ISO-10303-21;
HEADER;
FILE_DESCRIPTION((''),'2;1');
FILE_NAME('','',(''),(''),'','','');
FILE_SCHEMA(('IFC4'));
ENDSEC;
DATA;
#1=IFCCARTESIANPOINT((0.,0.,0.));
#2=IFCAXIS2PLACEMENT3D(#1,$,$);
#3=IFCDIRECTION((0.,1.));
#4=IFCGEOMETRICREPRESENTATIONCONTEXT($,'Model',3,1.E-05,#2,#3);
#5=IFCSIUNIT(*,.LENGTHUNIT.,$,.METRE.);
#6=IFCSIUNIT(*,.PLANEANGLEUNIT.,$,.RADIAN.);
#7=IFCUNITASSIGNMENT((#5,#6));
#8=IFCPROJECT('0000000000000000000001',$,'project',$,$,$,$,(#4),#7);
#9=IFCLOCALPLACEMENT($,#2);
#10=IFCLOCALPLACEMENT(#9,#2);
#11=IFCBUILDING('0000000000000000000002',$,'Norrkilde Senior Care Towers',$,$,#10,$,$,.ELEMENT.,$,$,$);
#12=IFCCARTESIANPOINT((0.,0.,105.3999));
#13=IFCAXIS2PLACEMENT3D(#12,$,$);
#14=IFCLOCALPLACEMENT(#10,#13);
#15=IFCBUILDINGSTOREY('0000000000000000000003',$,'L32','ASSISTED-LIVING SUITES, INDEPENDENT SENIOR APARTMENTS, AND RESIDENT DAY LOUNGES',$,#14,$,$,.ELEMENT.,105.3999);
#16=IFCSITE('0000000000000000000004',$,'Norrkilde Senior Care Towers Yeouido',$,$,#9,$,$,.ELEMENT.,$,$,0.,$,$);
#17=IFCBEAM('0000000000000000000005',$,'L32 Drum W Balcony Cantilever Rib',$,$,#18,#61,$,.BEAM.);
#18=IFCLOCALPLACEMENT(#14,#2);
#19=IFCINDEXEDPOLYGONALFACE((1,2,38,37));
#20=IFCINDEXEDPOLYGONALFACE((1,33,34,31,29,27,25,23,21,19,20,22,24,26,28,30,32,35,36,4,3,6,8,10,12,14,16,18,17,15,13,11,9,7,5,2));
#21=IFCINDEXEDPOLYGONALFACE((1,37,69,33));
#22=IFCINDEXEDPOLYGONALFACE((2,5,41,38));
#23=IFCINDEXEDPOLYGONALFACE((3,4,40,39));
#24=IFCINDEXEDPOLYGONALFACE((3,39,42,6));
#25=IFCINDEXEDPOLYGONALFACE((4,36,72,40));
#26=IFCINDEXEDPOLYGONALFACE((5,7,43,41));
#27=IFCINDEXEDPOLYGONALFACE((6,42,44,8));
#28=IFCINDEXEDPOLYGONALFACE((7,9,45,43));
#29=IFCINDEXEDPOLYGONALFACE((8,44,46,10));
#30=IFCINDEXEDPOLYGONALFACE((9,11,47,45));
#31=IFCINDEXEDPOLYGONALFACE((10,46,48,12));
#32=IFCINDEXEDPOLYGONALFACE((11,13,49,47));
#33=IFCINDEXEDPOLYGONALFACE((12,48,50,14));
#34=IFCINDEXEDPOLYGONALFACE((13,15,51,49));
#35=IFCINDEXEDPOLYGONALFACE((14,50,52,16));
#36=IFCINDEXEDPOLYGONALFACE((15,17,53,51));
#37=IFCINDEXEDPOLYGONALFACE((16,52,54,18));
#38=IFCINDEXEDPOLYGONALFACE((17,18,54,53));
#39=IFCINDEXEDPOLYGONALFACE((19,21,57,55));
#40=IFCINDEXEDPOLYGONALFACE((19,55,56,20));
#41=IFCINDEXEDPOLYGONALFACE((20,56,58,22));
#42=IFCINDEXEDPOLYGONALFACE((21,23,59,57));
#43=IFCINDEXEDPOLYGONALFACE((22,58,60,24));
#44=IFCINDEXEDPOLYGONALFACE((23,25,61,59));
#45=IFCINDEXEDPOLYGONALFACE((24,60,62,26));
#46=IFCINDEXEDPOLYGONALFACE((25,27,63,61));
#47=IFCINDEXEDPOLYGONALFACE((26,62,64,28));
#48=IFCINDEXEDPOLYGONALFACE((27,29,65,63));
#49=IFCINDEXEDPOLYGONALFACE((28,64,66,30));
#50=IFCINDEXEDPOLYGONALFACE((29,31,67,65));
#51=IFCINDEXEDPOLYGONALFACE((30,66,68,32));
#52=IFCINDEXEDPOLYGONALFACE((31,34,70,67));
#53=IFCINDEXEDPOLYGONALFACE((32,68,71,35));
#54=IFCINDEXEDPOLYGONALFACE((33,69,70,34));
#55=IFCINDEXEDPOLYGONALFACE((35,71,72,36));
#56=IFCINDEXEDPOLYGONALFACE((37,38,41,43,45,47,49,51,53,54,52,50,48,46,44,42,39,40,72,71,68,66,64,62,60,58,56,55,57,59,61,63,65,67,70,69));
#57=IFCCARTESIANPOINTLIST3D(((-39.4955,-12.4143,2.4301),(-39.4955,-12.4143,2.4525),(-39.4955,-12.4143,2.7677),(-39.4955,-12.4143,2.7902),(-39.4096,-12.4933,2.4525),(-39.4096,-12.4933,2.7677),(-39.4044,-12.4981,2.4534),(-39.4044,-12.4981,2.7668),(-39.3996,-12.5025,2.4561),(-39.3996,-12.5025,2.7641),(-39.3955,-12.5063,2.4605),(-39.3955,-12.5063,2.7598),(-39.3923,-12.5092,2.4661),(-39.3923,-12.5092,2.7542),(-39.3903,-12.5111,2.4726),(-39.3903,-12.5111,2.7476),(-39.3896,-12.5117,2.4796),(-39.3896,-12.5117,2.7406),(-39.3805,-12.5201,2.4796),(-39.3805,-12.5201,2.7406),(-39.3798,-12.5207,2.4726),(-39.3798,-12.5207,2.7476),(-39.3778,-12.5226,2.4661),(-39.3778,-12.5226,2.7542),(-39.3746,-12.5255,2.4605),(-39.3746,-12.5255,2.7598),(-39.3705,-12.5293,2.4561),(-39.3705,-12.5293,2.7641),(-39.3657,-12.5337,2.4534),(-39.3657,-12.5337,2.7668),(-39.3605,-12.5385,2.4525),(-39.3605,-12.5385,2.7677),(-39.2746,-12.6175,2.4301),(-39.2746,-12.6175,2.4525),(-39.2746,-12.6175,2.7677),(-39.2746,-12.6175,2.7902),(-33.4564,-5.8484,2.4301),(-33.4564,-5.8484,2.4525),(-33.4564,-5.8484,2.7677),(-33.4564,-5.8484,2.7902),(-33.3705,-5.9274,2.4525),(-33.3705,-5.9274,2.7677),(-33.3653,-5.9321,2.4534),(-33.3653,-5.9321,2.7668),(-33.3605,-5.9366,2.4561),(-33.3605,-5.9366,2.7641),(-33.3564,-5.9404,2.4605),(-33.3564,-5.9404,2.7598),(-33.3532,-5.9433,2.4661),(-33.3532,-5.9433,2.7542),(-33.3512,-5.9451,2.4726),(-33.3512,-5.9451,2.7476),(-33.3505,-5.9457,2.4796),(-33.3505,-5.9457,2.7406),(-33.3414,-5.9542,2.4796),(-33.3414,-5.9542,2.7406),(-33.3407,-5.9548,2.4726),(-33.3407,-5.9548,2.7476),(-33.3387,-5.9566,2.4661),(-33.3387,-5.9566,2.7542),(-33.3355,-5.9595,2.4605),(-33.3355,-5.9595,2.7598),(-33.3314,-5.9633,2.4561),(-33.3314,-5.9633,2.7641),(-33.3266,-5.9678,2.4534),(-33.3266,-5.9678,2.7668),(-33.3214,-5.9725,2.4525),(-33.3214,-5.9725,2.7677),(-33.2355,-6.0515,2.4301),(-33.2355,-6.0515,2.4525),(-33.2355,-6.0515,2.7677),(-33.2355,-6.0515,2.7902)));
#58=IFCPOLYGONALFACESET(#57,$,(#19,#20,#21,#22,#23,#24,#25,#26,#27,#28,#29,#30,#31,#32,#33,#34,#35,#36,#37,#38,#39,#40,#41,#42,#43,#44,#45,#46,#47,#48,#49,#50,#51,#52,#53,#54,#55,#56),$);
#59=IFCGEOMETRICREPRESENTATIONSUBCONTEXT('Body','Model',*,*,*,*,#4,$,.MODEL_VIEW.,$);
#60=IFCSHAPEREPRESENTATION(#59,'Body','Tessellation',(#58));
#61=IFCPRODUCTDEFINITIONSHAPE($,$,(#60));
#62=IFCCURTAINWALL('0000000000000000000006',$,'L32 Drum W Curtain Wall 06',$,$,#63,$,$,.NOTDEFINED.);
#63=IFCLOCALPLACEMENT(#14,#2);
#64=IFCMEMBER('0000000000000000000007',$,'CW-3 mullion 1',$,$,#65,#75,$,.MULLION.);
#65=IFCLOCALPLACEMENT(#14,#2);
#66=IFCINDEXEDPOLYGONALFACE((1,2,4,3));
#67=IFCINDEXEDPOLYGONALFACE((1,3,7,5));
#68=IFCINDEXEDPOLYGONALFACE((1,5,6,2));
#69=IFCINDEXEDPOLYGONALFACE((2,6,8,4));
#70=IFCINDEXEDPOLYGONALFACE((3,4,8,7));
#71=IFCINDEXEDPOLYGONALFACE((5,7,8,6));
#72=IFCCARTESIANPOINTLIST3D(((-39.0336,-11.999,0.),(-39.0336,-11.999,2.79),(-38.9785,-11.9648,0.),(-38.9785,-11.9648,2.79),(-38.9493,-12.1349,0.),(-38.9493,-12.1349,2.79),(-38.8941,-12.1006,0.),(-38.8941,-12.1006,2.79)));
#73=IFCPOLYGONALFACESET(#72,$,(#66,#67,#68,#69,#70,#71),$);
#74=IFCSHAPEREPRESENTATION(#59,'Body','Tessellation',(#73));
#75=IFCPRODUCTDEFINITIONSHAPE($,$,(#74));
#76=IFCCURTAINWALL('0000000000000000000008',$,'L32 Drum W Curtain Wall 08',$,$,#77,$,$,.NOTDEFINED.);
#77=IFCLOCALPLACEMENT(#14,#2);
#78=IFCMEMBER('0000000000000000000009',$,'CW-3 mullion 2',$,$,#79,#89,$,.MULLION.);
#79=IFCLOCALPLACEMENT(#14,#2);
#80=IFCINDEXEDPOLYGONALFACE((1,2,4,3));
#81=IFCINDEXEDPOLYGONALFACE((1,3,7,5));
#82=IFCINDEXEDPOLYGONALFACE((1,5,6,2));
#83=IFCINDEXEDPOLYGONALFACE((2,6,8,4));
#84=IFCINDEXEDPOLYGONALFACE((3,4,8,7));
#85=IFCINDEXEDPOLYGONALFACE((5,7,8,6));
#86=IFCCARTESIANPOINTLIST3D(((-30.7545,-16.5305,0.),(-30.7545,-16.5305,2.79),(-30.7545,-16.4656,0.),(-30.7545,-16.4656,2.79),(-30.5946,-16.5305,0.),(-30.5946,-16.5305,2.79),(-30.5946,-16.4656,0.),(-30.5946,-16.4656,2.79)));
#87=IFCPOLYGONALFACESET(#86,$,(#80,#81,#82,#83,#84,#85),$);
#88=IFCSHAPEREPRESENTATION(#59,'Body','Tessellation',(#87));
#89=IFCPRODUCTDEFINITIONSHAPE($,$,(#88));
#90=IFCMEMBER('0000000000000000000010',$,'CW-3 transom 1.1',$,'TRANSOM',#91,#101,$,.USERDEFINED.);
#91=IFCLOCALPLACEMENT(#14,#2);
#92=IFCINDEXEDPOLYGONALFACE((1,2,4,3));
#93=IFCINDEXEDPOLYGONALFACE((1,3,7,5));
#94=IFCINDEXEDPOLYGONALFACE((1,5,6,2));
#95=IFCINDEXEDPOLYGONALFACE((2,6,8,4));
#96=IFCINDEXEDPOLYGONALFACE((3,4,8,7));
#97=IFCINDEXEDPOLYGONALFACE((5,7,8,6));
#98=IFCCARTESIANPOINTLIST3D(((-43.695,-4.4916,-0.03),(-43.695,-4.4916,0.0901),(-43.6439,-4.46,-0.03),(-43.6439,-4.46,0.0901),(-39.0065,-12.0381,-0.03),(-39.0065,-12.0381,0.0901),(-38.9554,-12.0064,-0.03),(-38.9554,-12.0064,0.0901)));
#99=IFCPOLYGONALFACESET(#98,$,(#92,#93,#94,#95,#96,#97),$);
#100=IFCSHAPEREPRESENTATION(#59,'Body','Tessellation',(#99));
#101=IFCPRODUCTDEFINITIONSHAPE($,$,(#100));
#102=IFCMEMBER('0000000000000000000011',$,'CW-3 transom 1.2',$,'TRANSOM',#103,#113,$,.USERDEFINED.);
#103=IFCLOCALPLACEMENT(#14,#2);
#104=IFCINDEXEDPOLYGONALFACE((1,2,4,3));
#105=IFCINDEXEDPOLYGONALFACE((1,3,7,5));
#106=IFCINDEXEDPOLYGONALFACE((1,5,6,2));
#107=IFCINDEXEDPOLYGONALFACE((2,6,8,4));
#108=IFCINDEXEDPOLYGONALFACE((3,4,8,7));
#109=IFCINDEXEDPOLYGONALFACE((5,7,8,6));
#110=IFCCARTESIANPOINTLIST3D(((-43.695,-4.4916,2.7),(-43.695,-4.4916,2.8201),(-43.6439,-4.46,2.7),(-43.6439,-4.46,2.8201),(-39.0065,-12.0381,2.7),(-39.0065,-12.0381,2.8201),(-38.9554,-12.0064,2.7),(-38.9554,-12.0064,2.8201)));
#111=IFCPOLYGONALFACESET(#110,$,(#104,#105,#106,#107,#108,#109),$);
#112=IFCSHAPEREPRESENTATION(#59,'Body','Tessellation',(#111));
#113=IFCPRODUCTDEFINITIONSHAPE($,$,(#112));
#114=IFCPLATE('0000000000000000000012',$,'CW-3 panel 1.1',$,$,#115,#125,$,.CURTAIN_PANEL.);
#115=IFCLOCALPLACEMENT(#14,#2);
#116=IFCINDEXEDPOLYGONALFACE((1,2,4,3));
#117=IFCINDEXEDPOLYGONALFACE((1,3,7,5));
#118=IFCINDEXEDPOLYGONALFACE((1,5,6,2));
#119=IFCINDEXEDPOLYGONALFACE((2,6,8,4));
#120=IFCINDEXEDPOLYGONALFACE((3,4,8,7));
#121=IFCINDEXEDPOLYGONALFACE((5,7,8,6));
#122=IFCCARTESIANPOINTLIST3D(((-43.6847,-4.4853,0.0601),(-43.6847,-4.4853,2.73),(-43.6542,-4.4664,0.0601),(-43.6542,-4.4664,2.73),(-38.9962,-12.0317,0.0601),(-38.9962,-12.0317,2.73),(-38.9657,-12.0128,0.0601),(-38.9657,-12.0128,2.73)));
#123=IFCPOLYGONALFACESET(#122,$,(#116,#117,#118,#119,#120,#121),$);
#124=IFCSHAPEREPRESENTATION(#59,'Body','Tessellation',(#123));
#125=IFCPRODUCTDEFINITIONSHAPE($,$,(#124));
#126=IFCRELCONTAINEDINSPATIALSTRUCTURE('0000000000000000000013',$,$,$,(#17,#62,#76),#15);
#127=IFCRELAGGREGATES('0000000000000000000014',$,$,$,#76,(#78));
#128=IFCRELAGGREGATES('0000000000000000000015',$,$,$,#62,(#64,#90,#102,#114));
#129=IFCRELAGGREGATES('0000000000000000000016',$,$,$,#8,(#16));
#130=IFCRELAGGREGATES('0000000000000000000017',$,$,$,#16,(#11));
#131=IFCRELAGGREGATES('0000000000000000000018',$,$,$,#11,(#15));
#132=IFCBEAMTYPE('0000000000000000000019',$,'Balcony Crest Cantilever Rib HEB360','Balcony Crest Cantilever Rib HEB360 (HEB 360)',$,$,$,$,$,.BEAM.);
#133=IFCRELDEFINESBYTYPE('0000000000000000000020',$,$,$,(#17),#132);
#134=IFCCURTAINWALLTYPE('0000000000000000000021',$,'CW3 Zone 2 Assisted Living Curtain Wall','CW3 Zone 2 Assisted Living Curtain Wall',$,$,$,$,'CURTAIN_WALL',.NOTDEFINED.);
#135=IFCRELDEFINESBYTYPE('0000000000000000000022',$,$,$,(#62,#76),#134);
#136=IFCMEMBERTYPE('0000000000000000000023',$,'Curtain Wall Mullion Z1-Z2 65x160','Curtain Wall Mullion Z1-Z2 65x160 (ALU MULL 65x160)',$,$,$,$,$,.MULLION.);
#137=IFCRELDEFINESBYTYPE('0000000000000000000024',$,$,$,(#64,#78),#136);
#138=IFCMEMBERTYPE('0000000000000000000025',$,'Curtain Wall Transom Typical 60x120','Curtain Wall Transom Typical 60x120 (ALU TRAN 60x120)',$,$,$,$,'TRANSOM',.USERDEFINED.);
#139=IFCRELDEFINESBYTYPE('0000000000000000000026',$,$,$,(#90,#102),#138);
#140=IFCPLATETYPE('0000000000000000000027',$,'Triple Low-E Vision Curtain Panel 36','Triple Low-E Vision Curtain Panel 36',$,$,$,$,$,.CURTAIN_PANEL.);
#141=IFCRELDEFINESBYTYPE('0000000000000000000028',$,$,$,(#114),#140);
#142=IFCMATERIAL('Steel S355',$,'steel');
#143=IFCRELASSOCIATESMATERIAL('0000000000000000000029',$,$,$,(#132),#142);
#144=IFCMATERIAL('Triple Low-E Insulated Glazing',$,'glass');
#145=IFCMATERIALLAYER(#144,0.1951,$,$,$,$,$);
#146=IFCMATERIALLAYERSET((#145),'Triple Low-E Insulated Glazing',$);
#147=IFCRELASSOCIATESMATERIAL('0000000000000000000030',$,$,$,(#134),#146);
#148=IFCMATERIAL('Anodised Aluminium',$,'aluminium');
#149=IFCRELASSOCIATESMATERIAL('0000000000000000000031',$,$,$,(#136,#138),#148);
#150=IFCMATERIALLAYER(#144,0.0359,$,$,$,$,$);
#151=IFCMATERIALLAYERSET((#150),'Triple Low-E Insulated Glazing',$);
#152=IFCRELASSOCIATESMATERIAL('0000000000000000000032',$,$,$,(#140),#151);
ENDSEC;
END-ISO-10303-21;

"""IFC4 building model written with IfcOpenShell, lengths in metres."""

from ifc_helpers import new_model, si_unit, direction, frame, origin, origin_2d, place, context, subcontext, project, spatial, rectangle, i_section, extrude, source, transform, mapped, material, layer, layer_set, material_profile, profile_set, type_object, type_shapes, element, aggregate, save


model = new_model("IFC4")

# Units and contexts
model_context = context("Model", 3, precision=1e-05, world=origin(), true_north=direction((0.0, 1.0)))
body_context = subcontext(model_context, "Body", "Model", "MODEL_VIEW")
ifc_project = project(units=[si_unit("LENGTHUNIT", "METRE"), si_unit("PLANEANGLEUNIT", "RADIAN")], contexts=[model_context])

# Site, building, storey
site_placement = place(None, origin())
site = spatial("IfcSite", under=ifc_project, at=site_placement, Name="Norrkilde Senior Care Towers Yeouido", CompositionType="ELEMENT", RefElevation=0.0)
building_placement = place(site_placement, origin())
building = spatial("IfcBuilding", under=site, at=building_placement, Name="Norrkilde Senior Care Towers", CompositionType="ELEMENT")
storey_placement = place(building_placement, frame((0.0, 0.0, 105.3999)))
storey = spatial("IfcBuildingStorey", under=building, at=storey_placement, Name="L32", Description="ASSISTED-LIVING SUITES, INDEPENDENT SENIOR APARTMENTS, AND RESIDENT DAY LOUNGES", CompositionType="ELEMENT", Elevation=105.3999)

# Beam
ifc_material_1 = material(Name="Steel S355", Category="steel")
ifc_material_profile_1 = material_profile(ifc_material_1, i_section(OverallWidth=0.3, OverallDepth=0.3601, WebThickness=0.0125, FlangeThickness=0.0225, FilletRadius=0.0271, at=origin_2d()), Name="HEB 360")
ifc_profile_set_1 = profile_set([ifc_material_profile_1], Name="Steel S355")
beam_type_1 = type_object("IfcBeamType", Name="Balcony Crest Cantilever Rib HEB360", Description="Balcony Crest Cantilever Rib HEB360 (HEB 360)", PredefinedType="BEAM", material=ifc_profile_set_1)
shared_shape_1 = source(origin(), body_context, "Body", "SweptSolid", [
    extrude(i_section(OverallWidth=0.3, OverallDepth=0.3601, WebThickness=0.0125, FlangeThickness=0.0225, FilletRadius=0.0271, at=origin_2d()), origin(), (0.0, 0.0, 1.0), 8.9209),
])
type_shapes(beam_type_1, [shared_shape_1])
beam_1_placement = place(storey_placement, frame((-33.3459, -5.95, 2.6101), z_axis=(-0.67696, -0.736019, 0.0), x_axis=(0.736019, -0.67696, 0.0)))
element("IfcBeam", 1, at=beam_1_placement, inside=storey, type_object=beam_type_1, Name="L32 Drum W Balcony Cantilever Rib", PredefinedType="BEAM", context=body_context, shape_type="MappedRepresentation", body=[
    mapped(shared_shape_1, transform((0.0, 0.0, 0.0), x_axis=(1.0, 0.0, 0.0), y_axis=(0.0, 1.0, 0.0), z_axis=(0.0, 0.0, 1.0), scale=1.0)),
])

# Curtain walls, members
ifc_material_2 = material(Name="Triple Low-E Insulated Glazing", Category="glass")
ifc_layer_1 = layer(ifc_material_2, 0.1951)
ifc_layer_set_1 = layer_set([ifc_layer_1], Name="Triple Low-E Insulated Glazing")
curtain_wall_type = type_object("IfcCurtainWallType", Name="CW3 Zone 2 Assisted Living Curtain Wall", Description="CW3 Zone 2 Assisted Living Curtain Wall", ElementType="CURTAIN_WALL", PredefinedType="NOTDEFINED", material=ifc_layer_set_1)
curtain_wall_1_placement = place(storey_placement, origin())
curtain_wall_1 = element("IfcCurtainWall", 2, at=curtain_wall_1_placement, inside=storey, type_object=curtain_wall_type, Name="L32 Drum W Curtain Wall 06", PredefinedType="NOTDEFINED")
ifc_material_3 = material(Name="Anodised Aluminium", Category="aluminium")
ifc_material_profile_2 = material_profile(ifc_material_3, rectangle(XDim=0.0649, YDim=0.1599, at=origin_2d()), Name="ALU MULL 65x160")
ifc_profile_set_2 = profile_set([ifc_material_profile_2], Name="Anodised Aluminium")
member_type_1 = type_object("IfcMemberType", Name="Curtain Wall Mullion Z1-Z2 65x160", Description="Curtain Wall Mullion Z1-Z2 65x160 (ALU MULL 65x160)", PredefinedType="MULLION", material=ifc_profile_set_2)
shared_shape_2 = source(origin(), body_context, "Body", "SweptSolid", [
    extrude(rectangle(XDim=0.0649, YDim=0.1599, at=origin_2d()), origin(), (0.0, 0.0, 1.0), 2.79),
])
type_shapes(member_type_1, [shared_shape_2])
member_1_placement = place(storey_placement, frame((-38.9639, -12.0498, 0.0), z_axis=(0.0, 0.0, 1.0), x_axis=(-0.84941, -0.527733, 0.0)))
member_1 = element("IfcMember", 3, at=member_1_placement, type_object=member_type_1, Name="CW-3 mullion 1", PredefinedType="MULLION", context=body_context, shape_type="MappedRepresentation", body=[
    mapped(shared_shape_2, transform((0.0, 0.0, 0.0), x_axis=(1.0, 0.0, 0.0), y_axis=(0.0, 1.0, 0.0), z_axis=(0.0, 0.0, 1.0), scale=1.0)),
])
curtain_wall_2_placement = place(storey_placement, origin())
curtain_wall_2 = element("IfcCurtainWall", 4, at=curtain_wall_2_placement, inside=storey, type_object=curtain_wall_type, Name="L32 Drum W Curtain Wall 08", PredefinedType="NOTDEFINED")
member_2_placement = place(storey_placement, frame((-30.6746, -16.498, 0.0), z_axis=(0.0, 0.0, 1.0), x_axis=(0.0, -1.0, 0.0)))
member_2 = element("IfcMember", 5, at=member_2_placement, type_object=member_type_1, Name="CW-3 mullion 2", PredefinedType="MULLION", context=body_context, shape_type="MappedRepresentation", body=[
    mapped(shared_shape_2, transform((0.0, 0.0, 0.0), x_axis=(1.0, 0.0, 0.0), y_axis=(0.0, 1.0, 0.0), z_axis=(0.0, 0.0, 1.0), scale=1.0)),
])
aggregate(curtain_wall_2, [member_2])

# Members
ifc_material_profile_3 = material_profile(ifc_material_3, rectangle(XDim=0.0601, YDim=0.1201, at=origin_2d()), Name="ALU TRAN 60x120")
ifc_profile_set_3 = profile_set([ifc_material_profile_3], Name="Anodised Aluminium")
member_type_2 = type_object("IfcMemberType", Name="Curtain Wall Transom Typical 60x120", Description="Curtain Wall Transom Typical 60x120 (ALU TRAN 60x120)", ElementType="TRANSOM", PredefinedType="USERDEFINED", material=ifc_profile_set_3)
shared_shape_3 = source(origin(), body_context, "Body", "SweptSolid", [
    extrude(rectangle(XDim=0.0601, YDim=0.1201, at=origin_2d()), origin(), (0.0, 0.0, 1.0), 8.8843),
])
type_shapes(member_type_2, [shared_shape_3])
member_3_placement = place(storey_placement, frame((-38.981, -12.0222, 0.03), z_axis=(-0.527729, 0.849413, 0.0), x_axis=(-0.849413, -0.527729, 0.0)))
member_3 = element("IfcMember", 6, at=member_3_placement, type_object=member_type_2, Name="CW-3 transom 1.1", ObjectType="TRANSOM", PredefinedType="USERDEFINED", context=body_context, shape_type="MappedRepresentation", body=[
    mapped(shared_shape_3, transform((0.0, 0.0, 0.0), x_axis=(1.0, 0.0, 0.0), y_axis=(0.0, 1.0, 0.0), z_axis=(0.0, 0.0, 1.0), scale=1.0)),
])
member_4_placement = place(storey_placement, frame((-38.981, -12.0222, 2.76), z_axis=(-0.527729, 0.849413, 0.0), x_axis=(-0.849413, -0.527729, 0.0)))
member_4 = element("IfcMember", 7, at=member_4_placement, type_object=member_type_2, Name="CW-3 transom 1.2", ObjectType="TRANSOM", PredefinedType="USERDEFINED", context=body_context, shape_type="MappedRepresentation", body=[
    mapped(shared_shape_3, transform((0.0, 0.0, 0.0), x_axis=(1.0, 0.0, 0.0), y_axis=(0.0, 1.0, 0.0), z_axis=(0.0, 0.0, 1.0), scale=1.0)),
])

# Plate
ifc_layer_2 = layer(ifc_material_2, 0.0359)
ifc_layer_set_2 = layer_set([ifc_layer_2], Name="Triple Low-E Insulated Glazing")
plate_type = type_object("IfcPlateType", Name="Triple Low-E Vision Curtain Panel 36", Description="Triple Low-E Vision Curtain Panel 36", PredefinedType="CURTAIN_PANEL", material=ifc_layer_set_2)
shared_shape_4 = source(origin(), body_context, "Body", "SweptSolid", [
    extrude(rectangle(XDim=8.8843, YDim=0.0359, at=origin_2d()), origin(), (0.0, 0.0, 1.0), 2.6699),
])
type_shapes(plate_type, [shared_shape_4])
plate_placement = place(storey_placement, frame((-41.3252, -8.249, 0.0601), z_axis=(0.0, 0.0, 1.0), x_axis=(-0.527733, 0.84941, 0.0)))
plate = element("IfcPlate", 8, at=plate_placement, type_object=plate_type, Name="CW-3 panel 1.1", PredefinedType="CURTAIN_PANEL", context=body_context, shape_type="MappedRepresentation", body=[
    mapped(shared_shape_4, transform((0.0, 0.0, 0.0), x_axis=(1.0, 0.0, 0.0), y_axis=(0.0, 1.0, 0.0), z_axis=(0.0, 0.0, 1.0), scale=1.0)),
])
aggregate(curtain_wall_1, [member_1, member_3, member_4, plate])

save(model, "model.ifc")
